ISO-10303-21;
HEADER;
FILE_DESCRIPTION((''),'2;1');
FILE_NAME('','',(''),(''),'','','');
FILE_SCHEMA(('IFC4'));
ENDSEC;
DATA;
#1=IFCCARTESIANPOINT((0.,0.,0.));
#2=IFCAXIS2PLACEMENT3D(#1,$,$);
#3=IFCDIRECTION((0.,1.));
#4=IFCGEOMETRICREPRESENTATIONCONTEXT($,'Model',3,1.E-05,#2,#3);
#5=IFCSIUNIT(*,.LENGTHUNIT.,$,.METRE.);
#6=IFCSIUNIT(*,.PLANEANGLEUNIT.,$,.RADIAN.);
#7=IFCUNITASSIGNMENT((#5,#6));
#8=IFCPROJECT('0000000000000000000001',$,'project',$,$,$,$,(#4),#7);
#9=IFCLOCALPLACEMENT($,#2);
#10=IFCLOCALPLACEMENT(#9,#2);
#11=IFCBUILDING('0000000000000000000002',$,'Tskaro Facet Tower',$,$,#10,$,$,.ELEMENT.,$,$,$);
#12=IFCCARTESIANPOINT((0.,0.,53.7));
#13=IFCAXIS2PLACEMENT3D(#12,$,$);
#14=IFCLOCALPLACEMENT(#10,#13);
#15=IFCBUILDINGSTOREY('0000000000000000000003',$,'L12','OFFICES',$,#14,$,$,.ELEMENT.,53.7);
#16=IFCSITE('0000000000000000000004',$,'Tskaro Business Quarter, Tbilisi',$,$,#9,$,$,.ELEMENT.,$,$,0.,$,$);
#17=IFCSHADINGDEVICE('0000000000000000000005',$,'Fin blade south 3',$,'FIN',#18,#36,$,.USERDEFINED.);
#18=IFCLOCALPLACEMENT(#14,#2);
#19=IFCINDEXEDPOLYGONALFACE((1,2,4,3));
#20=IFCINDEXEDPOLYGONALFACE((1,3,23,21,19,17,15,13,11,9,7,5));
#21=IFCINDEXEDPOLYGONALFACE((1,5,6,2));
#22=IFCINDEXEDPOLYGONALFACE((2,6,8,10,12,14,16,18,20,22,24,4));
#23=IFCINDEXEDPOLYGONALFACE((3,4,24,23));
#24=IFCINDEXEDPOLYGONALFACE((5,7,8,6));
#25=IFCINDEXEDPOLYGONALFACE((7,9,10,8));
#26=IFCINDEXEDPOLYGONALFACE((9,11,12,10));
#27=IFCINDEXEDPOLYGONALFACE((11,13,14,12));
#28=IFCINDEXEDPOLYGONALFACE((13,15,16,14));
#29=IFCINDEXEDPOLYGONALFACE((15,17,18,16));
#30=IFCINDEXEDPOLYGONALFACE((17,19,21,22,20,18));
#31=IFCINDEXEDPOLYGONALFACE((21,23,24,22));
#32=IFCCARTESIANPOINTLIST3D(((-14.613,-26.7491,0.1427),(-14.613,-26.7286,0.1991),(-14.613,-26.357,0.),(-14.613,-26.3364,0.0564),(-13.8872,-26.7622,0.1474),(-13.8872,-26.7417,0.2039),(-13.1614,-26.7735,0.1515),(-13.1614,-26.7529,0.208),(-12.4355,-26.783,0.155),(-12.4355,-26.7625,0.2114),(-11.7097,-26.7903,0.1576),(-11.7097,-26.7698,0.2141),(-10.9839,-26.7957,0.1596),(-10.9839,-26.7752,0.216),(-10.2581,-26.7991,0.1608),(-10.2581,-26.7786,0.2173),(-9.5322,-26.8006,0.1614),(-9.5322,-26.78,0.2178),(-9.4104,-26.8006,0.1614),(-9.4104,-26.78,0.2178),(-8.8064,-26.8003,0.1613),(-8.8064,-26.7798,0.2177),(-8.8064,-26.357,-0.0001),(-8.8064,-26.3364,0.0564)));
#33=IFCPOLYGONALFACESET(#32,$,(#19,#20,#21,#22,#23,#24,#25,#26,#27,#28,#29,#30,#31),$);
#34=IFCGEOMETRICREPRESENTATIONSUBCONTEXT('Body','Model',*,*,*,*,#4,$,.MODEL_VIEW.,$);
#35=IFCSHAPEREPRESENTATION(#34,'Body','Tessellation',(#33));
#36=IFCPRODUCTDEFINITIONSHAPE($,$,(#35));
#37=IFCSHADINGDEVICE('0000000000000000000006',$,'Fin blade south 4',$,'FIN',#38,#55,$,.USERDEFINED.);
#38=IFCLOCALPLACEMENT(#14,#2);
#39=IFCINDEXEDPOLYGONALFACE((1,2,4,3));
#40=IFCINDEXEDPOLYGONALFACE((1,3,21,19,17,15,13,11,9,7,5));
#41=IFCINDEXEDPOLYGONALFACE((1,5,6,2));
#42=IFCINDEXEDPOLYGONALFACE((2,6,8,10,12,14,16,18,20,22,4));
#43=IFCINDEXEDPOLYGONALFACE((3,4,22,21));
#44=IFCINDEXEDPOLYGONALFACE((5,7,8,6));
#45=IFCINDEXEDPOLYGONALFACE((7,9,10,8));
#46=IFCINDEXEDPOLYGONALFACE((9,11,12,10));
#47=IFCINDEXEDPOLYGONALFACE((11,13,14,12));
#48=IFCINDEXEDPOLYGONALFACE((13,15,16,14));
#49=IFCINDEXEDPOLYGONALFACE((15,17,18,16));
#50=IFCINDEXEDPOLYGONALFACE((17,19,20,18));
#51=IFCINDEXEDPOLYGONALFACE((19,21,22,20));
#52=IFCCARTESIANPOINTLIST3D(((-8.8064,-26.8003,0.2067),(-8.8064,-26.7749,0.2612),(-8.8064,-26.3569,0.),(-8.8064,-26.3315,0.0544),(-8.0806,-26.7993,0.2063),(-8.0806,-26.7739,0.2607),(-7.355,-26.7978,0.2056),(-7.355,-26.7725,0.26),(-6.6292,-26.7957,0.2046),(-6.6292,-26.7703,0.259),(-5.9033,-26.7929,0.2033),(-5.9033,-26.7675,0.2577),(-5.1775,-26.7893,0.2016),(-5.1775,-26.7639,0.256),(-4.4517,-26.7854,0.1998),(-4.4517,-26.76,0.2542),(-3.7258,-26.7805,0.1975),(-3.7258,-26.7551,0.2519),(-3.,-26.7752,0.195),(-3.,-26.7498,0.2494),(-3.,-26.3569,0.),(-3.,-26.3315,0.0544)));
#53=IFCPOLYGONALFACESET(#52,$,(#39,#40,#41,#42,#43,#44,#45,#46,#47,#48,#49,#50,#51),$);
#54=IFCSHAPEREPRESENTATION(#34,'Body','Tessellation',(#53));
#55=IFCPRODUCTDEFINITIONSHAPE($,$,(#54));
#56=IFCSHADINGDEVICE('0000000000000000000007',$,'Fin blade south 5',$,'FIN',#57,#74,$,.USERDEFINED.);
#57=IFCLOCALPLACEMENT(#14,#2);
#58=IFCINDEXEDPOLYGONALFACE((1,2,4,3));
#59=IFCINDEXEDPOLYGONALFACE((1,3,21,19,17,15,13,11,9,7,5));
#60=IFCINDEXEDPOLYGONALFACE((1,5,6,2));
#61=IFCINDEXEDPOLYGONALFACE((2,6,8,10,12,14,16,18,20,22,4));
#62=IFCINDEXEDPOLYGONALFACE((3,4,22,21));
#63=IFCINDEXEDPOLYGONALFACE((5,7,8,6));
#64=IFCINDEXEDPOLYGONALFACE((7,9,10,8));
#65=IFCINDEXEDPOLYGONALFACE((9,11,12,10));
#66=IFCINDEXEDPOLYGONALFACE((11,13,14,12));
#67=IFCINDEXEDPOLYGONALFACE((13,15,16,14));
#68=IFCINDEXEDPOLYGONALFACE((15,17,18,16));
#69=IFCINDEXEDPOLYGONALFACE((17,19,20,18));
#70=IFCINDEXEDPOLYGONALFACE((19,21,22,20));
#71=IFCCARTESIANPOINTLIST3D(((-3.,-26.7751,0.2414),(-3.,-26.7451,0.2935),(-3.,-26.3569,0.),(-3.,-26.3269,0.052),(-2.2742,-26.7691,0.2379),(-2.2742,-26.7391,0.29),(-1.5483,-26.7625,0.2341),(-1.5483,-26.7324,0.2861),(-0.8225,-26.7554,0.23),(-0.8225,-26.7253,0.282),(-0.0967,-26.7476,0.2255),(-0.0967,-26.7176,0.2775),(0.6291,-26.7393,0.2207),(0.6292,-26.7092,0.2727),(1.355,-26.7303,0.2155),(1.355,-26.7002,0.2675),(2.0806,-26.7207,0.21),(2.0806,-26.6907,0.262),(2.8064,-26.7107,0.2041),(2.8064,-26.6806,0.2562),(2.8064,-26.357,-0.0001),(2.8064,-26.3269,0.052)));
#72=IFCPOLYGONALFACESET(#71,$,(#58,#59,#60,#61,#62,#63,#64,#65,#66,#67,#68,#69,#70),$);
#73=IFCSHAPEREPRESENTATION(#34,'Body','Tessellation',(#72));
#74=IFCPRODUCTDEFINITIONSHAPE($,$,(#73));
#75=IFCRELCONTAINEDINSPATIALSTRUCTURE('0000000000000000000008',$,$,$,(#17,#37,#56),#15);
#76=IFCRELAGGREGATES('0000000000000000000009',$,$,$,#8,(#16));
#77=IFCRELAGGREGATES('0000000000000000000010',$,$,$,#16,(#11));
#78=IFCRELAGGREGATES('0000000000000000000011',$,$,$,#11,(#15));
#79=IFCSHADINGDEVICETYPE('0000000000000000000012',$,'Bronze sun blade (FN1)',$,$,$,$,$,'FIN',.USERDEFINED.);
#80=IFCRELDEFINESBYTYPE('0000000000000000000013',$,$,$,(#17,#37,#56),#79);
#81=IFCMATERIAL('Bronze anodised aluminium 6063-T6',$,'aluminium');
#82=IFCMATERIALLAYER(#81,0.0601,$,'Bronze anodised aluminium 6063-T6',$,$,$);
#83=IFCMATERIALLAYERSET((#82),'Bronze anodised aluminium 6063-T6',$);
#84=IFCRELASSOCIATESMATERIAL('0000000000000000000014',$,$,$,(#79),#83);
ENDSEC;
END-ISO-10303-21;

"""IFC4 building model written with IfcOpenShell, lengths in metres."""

from ifc_helpers import new_model, si_unit, direction, frame, origin, place, context, subcontext, project, spatial, polyline, outline, extrude, material, layer, layer_set, type_object, element, save


model = new_model("IFC4")

# Units and contexts
model_context = context("Model", 3, precision=1e-05, world=origin(), true_north=direction((0.0, 1.0)))
body_context = subcontext(model_context, "Body", "Model", "MODEL_VIEW")
ifc_project = project(units=[si_unit("LENGTHUNIT", "METRE"), si_unit("PLANEANGLEUNIT", "RADIAN")], contexts=[model_context])

# Site, building, storey
site_placement = place(None, origin())
site = spatial("IfcSite", under=ifc_project, at=site_placement, Name="Tskaro Business Quarter, Tbilisi", CompositionType="ELEMENT", RefElevation=0.0)
building_placement = place(site_placement, origin())
building = spatial("IfcBuilding", under=site, at=building_placement, Name="Tskaro Facet Tower", CompositionType="ELEMENT")
storey_placement = place(building_placement, frame((0.0, 0.0, 53.7)))
storey = spatial("IfcBuildingStorey", under=building, at=storey_placement, Name="L12", Description="OFFICES", CompositionType="ELEMENT", Elevation=53.7)

# Shared definitions
ifc_material_1 = material(Name="Bronze anodised aluminium 6063-T6", Category="aluminium")

# Shading devices
ifc_layer_1 = layer(ifc_material_1, 0.0601, Name="Bronze anodised aluminium 6063-T6")
ifc_layer_set_1 = layer_set([ifc_layer_1], Name="Bronze anodised aluminium 6063-T6")
shading_device_type = type_object("IfcShadingDeviceType", Name="Bronze sun blade (FN1)", ElementType="FIN", PredefinedType="USERDEFINED", material=ifc_layer_set_1)
shading_device_1_placement = place(storey_placement, frame((-14.613, -26.3364, 0.0564), z_axis=(0.000008, 0.341983, 0.939706), x_axis=(1.0, -0.000003, -0.000007)))
element("IfcShadingDevice", 1, at=shading_device_1_placement, inside=storey, type_object=shading_device_type, Name="Fin blade south 3", ObjectType="FIN", PredefinedType="USERDEFINED", context=body_context, shape_type="SweptSolid", body=[
    extrude(outline(polyline([(0.0, 0.0), (5.8066, 0.0), (5.8066, -0.4718), (5.2026, -0.472), (5.0808, -0.472), (4.355, -0.4705), (3.6292, -0.4669), (2.9033, -0.4612), (2.1775, -0.4534), (1.4517, -0.4432), (0.7258, -0.4313), (0.0, -0.4173), (0.0, 0.0)])), origin(), (0.0, 0.0, -1.0), 0.0601),
])
shading_device_2_placement = place(storey_placement, frame((-8.8064, -26.3315, 0.0544), z_axis=(0.0, 0.42257, 0.90633), x_axis=(1.0, 0.0, 0.0)))
element("IfcShadingDevice", 2, at=shading_device_2_placement, inside=storey, type_object=shading_device_type, Name="Fin blade south 4", ObjectType="FIN", PredefinedType="USERDEFINED", context=body_context, shape_type="SweptSolid", body=[
    extrude(outline(polyline([(0.0, 0.0), (5.8064, 0.0), (5.8064, -0.4615), (5.0806, -0.4674), (4.3547, -0.4727), (3.6289, -0.4771), (2.9031, -0.481), (2.1772, -0.4841), (1.4514, -0.4865), (0.7258, -0.4881), (0.0, -0.4892), (0.0, 0.0)])), origin(), (0.0, 0.0, -1.0), 0.0601),
])
shading_device_3_placement = place(storey_placement, frame((-3.0, -26.3269, 0.052), z_axis=(0.00001, 0.500001, 0.866025), x_axis=(1.0, -0.000005, -0.000008)))
element("IfcShadingDevice", 3, at=shading_device_3_placement, inside=storey, type_object=shading_device_type, Name="Fin blade south 5", ObjectType="FIN", PredefinedType="USERDEFINED", context=body_context, shape_type="SweptSolid", body=[
    extrude(outline(polyline([(0.0, 0.0), (5.8064, 0.0), (5.8064, -0.4084), (5.0806, -0.42), (4.355, -0.4311), (3.6292, -0.4415), (2.9033, -0.4511), (2.1775, -0.46), (1.4517, -0.4683), (0.7258, -0.4759), (0.0, -0.4829), (0.0, 0.0)])), origin(), (0.0, 0.0, -1.0), 0.0601),
])

save(model, "model.ifc")
